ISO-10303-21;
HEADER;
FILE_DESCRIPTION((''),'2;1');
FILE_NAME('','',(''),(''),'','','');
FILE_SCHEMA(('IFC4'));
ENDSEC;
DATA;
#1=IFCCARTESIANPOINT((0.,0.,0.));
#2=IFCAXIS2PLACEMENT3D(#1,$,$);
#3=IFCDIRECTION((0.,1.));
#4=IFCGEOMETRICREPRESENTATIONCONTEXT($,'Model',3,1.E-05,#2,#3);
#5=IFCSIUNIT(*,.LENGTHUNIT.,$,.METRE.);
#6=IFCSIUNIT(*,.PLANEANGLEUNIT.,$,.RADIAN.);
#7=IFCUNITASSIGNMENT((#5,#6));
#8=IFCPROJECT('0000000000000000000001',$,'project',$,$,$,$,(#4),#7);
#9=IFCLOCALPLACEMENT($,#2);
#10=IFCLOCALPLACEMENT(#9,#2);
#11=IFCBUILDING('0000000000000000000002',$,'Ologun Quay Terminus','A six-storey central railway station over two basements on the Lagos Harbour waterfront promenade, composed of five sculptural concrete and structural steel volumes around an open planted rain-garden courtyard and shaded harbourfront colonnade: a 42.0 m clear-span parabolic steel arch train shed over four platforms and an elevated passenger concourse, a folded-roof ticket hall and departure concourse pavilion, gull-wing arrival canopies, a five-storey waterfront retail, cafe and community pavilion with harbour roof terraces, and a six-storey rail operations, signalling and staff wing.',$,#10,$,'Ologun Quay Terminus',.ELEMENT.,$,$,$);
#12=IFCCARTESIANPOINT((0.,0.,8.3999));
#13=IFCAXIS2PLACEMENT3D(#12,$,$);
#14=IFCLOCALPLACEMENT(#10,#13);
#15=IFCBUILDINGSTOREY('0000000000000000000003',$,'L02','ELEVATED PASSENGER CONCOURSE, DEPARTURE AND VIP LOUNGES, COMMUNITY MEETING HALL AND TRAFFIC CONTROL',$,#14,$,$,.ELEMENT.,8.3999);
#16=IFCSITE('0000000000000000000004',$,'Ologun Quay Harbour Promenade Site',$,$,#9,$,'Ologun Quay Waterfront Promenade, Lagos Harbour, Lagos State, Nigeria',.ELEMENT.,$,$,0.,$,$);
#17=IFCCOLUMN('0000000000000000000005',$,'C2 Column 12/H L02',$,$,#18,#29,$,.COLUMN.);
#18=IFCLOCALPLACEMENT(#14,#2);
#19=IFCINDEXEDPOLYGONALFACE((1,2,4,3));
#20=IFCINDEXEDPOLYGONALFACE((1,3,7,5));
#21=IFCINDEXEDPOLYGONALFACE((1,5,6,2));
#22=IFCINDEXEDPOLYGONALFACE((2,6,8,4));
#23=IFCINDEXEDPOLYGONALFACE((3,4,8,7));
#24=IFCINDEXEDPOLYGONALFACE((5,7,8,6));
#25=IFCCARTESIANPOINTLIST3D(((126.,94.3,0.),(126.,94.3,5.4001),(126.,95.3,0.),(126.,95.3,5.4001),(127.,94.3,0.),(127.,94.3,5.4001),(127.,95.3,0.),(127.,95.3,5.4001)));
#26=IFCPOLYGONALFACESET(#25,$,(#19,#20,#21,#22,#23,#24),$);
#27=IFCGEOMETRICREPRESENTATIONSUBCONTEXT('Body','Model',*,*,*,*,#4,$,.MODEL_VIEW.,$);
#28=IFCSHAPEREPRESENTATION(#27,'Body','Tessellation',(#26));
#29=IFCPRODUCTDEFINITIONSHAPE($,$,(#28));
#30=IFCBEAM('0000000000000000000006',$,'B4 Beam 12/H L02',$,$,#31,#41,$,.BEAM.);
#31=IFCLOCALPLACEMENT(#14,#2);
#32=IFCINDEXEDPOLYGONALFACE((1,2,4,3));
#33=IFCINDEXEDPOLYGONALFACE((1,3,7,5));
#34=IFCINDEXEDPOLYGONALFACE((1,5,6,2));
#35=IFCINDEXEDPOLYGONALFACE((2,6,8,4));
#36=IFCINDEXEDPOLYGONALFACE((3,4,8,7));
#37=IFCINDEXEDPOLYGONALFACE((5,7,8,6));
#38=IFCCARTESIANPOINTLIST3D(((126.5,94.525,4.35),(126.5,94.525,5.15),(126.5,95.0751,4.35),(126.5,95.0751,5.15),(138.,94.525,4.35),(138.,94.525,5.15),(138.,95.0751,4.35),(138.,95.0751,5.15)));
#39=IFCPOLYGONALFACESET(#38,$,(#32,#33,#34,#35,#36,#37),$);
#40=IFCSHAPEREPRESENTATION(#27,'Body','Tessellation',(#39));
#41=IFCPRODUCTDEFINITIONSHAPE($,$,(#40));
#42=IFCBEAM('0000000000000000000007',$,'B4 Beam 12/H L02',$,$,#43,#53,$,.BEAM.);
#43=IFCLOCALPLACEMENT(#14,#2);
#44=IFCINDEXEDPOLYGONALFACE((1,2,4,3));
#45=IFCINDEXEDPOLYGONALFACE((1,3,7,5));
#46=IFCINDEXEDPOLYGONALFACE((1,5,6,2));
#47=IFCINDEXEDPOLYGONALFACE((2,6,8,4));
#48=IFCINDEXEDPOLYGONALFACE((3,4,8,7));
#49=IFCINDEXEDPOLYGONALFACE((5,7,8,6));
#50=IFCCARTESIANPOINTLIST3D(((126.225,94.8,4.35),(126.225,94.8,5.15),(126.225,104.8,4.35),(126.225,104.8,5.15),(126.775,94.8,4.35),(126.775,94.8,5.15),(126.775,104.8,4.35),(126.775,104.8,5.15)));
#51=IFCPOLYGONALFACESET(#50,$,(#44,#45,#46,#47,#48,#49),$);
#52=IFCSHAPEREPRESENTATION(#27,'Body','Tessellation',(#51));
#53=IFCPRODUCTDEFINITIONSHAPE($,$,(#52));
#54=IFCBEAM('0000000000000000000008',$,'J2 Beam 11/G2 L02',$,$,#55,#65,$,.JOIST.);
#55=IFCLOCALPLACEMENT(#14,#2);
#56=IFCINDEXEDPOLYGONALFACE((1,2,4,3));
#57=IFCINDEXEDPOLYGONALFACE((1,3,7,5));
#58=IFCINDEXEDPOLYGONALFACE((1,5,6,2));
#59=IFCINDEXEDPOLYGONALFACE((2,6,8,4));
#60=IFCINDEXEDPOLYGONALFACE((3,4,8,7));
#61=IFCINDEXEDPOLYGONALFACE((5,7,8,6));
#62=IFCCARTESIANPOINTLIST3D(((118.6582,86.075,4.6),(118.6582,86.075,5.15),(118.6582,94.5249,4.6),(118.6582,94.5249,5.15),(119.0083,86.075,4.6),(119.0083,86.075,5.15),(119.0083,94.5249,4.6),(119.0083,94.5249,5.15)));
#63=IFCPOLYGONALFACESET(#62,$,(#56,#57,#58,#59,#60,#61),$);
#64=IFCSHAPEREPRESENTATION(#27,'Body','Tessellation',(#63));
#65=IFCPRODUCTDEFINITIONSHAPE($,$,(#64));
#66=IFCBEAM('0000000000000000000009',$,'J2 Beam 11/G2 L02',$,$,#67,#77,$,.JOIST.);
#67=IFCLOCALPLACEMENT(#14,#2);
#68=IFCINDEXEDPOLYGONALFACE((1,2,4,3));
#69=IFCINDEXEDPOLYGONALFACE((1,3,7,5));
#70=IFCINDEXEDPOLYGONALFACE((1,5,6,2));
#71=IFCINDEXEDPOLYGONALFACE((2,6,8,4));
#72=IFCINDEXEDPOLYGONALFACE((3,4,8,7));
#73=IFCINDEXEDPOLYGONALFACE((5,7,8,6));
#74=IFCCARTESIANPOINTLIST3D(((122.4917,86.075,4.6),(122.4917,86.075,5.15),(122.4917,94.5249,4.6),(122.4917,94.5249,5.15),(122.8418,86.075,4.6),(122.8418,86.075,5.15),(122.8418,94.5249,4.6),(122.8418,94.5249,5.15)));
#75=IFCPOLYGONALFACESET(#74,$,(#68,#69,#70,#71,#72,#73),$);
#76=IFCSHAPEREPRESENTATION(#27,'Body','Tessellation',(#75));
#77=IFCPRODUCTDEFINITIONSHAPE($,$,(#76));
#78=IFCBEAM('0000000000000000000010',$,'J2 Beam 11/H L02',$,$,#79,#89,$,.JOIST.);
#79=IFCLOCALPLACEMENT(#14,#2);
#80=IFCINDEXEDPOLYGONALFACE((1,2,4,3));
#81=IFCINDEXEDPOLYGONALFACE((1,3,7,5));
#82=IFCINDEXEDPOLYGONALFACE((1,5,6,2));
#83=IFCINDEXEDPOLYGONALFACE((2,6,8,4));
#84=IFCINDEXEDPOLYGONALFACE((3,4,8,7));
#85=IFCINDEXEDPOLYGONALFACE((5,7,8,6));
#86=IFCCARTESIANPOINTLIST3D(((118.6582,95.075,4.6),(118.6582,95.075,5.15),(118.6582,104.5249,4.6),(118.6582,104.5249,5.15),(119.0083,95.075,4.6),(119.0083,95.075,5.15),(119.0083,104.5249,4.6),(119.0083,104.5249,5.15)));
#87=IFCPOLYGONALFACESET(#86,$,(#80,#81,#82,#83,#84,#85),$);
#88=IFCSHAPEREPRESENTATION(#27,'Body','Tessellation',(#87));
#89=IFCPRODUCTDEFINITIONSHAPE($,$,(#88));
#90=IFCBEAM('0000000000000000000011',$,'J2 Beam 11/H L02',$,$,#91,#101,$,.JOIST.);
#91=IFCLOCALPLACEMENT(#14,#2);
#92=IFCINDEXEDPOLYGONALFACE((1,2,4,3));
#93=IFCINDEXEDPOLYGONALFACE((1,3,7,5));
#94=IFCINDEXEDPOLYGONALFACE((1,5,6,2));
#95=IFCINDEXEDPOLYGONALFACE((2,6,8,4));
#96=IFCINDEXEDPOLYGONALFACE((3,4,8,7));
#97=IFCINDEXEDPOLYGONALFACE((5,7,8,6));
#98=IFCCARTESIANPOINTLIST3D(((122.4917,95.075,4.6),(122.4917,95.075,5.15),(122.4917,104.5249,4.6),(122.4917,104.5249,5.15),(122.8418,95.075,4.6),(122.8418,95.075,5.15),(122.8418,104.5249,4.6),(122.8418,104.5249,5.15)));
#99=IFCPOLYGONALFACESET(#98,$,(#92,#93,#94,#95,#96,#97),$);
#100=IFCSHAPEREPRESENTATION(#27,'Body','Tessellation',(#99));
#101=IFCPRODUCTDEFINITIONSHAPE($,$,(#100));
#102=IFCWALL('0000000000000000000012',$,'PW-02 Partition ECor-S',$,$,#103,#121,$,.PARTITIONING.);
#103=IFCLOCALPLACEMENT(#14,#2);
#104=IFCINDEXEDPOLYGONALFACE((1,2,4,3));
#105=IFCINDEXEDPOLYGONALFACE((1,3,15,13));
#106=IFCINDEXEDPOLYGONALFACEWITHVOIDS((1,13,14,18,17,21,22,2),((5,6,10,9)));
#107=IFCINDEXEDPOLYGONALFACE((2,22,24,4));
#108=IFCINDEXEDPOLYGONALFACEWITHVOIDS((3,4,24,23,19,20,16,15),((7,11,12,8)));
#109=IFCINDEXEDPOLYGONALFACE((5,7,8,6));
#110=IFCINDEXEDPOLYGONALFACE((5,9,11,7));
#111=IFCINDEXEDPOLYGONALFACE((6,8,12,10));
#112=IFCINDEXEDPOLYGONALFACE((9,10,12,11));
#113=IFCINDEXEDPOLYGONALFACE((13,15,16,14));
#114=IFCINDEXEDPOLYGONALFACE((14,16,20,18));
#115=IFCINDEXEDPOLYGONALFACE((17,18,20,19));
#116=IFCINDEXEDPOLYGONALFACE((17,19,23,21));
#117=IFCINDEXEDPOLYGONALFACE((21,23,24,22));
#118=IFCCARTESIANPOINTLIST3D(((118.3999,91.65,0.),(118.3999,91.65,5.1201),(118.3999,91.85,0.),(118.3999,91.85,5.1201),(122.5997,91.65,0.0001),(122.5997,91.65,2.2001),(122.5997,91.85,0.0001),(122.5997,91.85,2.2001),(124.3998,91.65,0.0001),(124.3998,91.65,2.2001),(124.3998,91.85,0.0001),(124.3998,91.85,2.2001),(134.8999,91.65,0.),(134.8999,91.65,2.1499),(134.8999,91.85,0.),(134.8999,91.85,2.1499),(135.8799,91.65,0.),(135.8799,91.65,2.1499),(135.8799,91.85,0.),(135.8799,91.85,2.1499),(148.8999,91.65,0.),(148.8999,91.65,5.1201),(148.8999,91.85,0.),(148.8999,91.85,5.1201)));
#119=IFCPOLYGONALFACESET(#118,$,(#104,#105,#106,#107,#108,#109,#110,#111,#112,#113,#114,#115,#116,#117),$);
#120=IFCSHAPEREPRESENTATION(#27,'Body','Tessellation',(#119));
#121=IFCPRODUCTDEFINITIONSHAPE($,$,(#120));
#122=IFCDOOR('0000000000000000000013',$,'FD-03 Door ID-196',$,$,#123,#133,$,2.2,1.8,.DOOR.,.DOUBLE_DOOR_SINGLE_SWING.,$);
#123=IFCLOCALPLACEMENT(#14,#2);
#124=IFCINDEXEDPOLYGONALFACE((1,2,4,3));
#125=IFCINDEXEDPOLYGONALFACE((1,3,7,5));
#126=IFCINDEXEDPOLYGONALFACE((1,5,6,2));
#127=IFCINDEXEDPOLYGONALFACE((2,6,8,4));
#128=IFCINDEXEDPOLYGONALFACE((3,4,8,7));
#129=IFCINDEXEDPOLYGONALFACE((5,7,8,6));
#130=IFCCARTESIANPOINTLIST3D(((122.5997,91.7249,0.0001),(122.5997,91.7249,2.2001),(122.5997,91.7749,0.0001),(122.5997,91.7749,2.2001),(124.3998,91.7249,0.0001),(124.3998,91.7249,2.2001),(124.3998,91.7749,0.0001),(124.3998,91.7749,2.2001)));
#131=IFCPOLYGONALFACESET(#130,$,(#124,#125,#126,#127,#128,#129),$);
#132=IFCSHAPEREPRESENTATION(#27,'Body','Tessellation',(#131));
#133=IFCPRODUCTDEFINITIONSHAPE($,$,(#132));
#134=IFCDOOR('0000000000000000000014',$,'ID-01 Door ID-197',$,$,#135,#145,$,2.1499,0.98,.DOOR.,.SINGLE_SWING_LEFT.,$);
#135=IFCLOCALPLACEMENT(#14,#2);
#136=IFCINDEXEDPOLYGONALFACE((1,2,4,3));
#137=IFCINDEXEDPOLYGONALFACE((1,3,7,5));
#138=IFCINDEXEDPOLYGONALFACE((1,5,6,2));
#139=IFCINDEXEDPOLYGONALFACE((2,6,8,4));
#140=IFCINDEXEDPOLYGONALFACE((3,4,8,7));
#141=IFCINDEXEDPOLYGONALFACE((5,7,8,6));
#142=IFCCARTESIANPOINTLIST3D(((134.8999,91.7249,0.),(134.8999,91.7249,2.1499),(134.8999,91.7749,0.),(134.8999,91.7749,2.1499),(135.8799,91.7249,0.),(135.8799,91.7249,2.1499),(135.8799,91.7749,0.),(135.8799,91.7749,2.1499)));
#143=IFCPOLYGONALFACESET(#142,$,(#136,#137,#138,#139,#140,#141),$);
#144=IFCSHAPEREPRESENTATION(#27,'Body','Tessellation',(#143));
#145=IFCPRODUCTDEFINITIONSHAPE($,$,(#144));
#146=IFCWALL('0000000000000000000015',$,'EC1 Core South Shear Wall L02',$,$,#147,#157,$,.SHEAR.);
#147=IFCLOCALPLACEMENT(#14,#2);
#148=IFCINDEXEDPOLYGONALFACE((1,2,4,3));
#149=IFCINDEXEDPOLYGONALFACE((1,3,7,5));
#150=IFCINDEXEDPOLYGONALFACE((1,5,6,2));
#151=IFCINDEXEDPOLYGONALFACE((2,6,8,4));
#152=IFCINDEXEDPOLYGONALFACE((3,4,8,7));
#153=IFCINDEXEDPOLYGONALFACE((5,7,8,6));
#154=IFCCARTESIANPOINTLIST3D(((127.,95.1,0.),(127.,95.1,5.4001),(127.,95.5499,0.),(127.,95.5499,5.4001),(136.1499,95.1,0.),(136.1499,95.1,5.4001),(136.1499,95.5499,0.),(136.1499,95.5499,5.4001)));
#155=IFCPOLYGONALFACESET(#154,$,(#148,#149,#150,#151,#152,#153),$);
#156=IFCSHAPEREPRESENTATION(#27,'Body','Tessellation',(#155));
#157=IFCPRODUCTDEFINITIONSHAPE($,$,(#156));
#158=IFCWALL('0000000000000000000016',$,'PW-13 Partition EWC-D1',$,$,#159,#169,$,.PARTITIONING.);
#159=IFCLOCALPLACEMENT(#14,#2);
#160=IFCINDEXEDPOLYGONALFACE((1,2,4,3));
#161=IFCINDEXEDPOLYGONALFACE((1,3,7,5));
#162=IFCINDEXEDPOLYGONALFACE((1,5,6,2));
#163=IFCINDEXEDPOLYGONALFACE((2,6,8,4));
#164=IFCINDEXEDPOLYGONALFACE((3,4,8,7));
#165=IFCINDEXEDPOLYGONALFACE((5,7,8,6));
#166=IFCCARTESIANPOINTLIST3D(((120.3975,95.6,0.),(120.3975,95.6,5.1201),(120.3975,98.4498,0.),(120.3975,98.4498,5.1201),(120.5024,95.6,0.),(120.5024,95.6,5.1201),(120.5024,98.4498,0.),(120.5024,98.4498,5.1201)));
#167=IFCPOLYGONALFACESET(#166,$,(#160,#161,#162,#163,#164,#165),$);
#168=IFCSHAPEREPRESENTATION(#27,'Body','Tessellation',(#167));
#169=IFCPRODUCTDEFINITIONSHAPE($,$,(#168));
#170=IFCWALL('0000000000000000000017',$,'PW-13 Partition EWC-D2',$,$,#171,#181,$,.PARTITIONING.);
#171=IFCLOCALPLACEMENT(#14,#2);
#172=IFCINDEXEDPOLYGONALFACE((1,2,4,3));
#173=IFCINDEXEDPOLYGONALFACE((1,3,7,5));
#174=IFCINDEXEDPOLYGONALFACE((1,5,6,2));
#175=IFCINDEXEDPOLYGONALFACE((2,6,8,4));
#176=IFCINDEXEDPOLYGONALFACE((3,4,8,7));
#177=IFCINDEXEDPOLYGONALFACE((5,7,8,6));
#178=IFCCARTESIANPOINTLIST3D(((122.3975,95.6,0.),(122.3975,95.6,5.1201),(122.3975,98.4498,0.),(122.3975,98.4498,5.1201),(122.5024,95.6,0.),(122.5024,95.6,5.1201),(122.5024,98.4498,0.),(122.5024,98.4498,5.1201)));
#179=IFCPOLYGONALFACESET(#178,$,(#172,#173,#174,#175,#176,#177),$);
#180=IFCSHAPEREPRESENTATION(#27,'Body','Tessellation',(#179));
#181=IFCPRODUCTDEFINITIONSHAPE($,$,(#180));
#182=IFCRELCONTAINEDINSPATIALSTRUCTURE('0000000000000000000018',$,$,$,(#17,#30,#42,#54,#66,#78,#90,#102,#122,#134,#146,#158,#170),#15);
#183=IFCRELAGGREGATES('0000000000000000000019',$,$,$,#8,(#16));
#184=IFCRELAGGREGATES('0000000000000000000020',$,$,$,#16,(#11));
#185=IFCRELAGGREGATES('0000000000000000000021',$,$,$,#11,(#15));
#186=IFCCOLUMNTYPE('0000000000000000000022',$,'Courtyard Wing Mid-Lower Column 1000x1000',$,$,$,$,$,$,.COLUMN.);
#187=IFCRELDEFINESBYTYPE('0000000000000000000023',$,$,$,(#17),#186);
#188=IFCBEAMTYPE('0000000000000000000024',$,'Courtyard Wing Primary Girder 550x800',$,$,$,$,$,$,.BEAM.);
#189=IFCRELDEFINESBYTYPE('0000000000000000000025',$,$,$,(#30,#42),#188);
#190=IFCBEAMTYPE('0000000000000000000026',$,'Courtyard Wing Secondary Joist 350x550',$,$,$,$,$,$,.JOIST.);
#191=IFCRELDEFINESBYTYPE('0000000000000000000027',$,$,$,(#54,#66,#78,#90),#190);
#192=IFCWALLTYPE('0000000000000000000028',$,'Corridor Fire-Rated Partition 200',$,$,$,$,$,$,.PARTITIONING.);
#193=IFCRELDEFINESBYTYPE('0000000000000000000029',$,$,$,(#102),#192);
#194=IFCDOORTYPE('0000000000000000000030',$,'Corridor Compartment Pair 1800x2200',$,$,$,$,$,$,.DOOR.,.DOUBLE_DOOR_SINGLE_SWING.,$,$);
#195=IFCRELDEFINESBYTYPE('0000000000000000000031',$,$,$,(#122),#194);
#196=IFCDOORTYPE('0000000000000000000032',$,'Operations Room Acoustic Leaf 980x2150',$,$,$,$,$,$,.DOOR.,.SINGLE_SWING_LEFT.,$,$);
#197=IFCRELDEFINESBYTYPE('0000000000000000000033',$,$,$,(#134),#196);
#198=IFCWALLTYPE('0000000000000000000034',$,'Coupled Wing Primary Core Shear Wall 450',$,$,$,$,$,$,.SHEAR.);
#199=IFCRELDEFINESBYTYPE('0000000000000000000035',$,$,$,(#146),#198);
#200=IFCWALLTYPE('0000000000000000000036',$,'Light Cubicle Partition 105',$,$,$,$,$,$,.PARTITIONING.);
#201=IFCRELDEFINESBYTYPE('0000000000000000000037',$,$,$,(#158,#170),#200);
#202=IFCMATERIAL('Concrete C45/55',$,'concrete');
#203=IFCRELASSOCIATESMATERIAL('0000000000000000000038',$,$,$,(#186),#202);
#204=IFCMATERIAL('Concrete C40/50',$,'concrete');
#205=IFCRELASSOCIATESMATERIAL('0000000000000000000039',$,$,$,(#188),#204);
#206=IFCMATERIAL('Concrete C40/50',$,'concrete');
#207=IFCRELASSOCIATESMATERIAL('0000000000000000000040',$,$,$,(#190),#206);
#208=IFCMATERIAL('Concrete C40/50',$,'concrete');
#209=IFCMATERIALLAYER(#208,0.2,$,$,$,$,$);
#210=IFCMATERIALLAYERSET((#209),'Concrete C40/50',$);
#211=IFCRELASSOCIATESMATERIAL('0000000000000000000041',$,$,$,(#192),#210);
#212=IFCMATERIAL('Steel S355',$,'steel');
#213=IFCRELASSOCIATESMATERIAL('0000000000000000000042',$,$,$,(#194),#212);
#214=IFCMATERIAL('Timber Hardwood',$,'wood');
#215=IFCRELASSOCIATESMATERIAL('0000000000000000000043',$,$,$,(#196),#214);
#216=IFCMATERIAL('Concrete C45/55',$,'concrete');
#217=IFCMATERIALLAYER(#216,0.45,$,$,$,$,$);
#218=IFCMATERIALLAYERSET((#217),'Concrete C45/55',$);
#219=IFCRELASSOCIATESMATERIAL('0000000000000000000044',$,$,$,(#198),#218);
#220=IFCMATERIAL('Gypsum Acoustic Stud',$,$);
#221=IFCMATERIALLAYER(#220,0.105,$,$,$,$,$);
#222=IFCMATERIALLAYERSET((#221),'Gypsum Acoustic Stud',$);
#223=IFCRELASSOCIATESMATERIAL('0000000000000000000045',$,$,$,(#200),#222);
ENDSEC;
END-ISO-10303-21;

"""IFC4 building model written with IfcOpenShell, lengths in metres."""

from ifc_helpers import new_model, si_unit, direction, frame, frame_2d, origin, origin_2d, place, context, subcontext, project, spatial, rectangle, extrude, material, layer, layer_set, material_profile, profile_set, type_object, element, fill, save


model = new_model("IFC4")

# Units and contexts
model_context = context("Model", 3, precision=1e-05, world=origin(), true_north=direction((0.0, 1.0)))
body_context = subcontext(model_context, "Body", "Model", "MODEL_VIEW")
ifc_project = project(units=[si_unit("LENGTHUNIT", "METRE"), si_unit("PLANEANGLEUNIT", "RADIAN")], contexts=[model_context])

# Site, building, storey
site_placement = place(None, origin())
site = spatial("IfcSite", under=ifc_project, at=site_placement, Name="Ologun Quay Harbour Promenade Site", LongName="Ologun Quay Waterfront Promenade, Lagos Harbour, Lagos State, Nigeria", CompositionType="ELEMENT", RefElevation=0.0)
building_placement = place(site_placement, origin())
building = spatial("IfcBuilding", under=site, at=building_placement, Name="Ologun Quay Terminus", Description="A six-storey central railway station over two basements on the Lagos Harbour waterfront promenade, composed of five sculptural concrete and structural steel volumes around an open planted rain-garden courtyard and shaded harbourfront colonnade: a 42.0 m clear-span parabolic steel arch train shed over four platforms and an elevated passenger concourse, a folded-roof ticket hall and departure concourse pavilion, gull-wing arrival canopies, a five-storey waterfront retail, cafe and community pavilion with harbour roof terraces, and a six-storey rail operations, signalling and staff wing.", LongName="Ologun Quay Terminus", CompositionType="ELEMENT")
storey_placement = place(building_placement, frame((0.0, 0.0, 8.3999)))
storey = spatial("IfcBuildingStorey", under=building, at=storey_placement, Name="L02", Description="ELEVATED PASSENGER CONCOURSE, DEPARTURE AND VIP LOUNGES, COMMUNITY MEETING HALL AND TRAFFIC CONTROL", CompositionType="ELEMENT", Elevation=8.3999)

# Column
ifc_material_1 = material(Name="Concrete C45/55", Category="concrete")
ifc_material_profile_1 = material_profile(ifc_material_1, rectangle(XDim=1.0, YDim=1.0, at=origin_2d()), Name="RC 1000x1000")
ifc_profile_set_1 = profile_set([ifc_material_profile_1], Name="Concrete C45/55")
column_type = type_object("IfcColumnType", Name="Courtyard Wing Mid-Lower Column 1000x1000", PredefinedType="COLUMN", material=ifc_profile_set_1)
column_placement = place(storey_placement, frame((126.5, 94.8, 0.0), z_axis=(0.0, 0.0, 1.0), x_axis=(1.0, 0.0, 0.0)))
element("IfcColumn", 1, at=column_placement, inside=storey, type_object=column_type, Name="C2 Column 12/H L02", PredefinedType="COLUMN", context=body_context, shape_type="SweptSolid", body=[
    extrude(rectangle(XDim=1.0, YDim=1.0, at=origin_2d()), origin(), (0.0, 0.0, 1.0), 5.4001),
])

# Beams
ifc_material_2 = material(Name="Concrete C40/50", Category="concrete")
ifc_material_profile_2 = material_profile(ifc_material_2, rectangle(XDim=0.55, YDim=0.8, at=origin_2d()), Name="RC 550x800")
ifc_profile_set_2 = profile_set([ifc_material_profile_2], Name="Concrete C40/50")
beam_type_1 = type_object("IfcBeamType", Name="Courtyard Wing Primary Girder 550x800", PredefinedType="BEAM", material=ifc_profile_set_2)
beam_1_placement = place(storey_placement, frame((126.5, 94.8, 4.75), z_axis=(1.0, 0.0, 0.0), x_axis=(0.0, 1.0, 0.0)))
element("IfcBeam", 2, at=beam_1_placement, inside=storey, type_object=beam_type_1, Name="B4 Beam 12/H L02", PredefinedType="BEAM", context=body_context, shape_type="SweptSolid", body=[
    extrude(rectangle(XDim=0.55, YDim=0.8, at=origin_2d()), origin(), (0.0, 0.0, 1.0), 11.5),
])
beam_2_placement = place(storey_placement, frame((126.5, 94.8, 4.75), z_axis=(0.0, 1.0, 0.0), x_axis=(-1.0, 0.0, 0.0)))
element("IfcBeam", 3, at=beam_2_placement, inside=storey, type_object=beam_type_1, Name="B4 Beam 12/H L02", PredefinedType="BEAM", context=body_context, shape_type="SweptSolid", body=[
    extrude(rectangle(XDim=0.55, YDim=0.8, at=origin_2d()), origin(), (0.0, 0.0, 1.0), 10.0),
])
ifc_material_3 = material(Name="Concrete C40/50", Category="concrete")
ifc_material_profile_3 = material_profile(ifc_material_3, rectangle(XDim=0.3501, YDim=0.55, at=origin_2d()), Name="RC 350x550")
ifc_profile_set_3 = profile_set([ifc_material_profile_3], Name="Concrete C40/50")
beam_type_2 = type_object("IfcBeamType", Name="Courtyard Wing Secondary Joist 350x550", PredefinedType="JOIST", material=ifc_profile_set_3)
for number, where, z_axis, x_axis, name in (
    (4, (118.8333, 86.075, 4.875), (0.0, 1.0, 0.0), (-1.0, 0.0, 0.0), "J2 Beam 11/G2 L02"),
    (5, (122.6667, 86.075, 4.875), (0.0, 1.0, 0.0), (-1.0, 0.0, 0.0), "J2 Beam 11/G2 L02"),
):
    element("IfcBeam", number, at=place(storey_placement, frame(where, z_axis=z_axis, x_axis=x_axis)), inside=storey, type_object=beam_type_2, Name=name, PredefinedType="JOIST", context=body_context, shape_type="SweptSolid", body=[
        extrude(rectangle(XDim=0.3501, YDim=0.55, at=origin_2d()), origin(), (0.0, 0.0, 1.0), 8.45),
    ])
for number, where, z_axis, x_axis, name in (
    (6, (118.8333, 95.075, 4.875), (0.0, 1.0, 0.0), (-1.0, 0.0, 0.0), "J2 Beam 11/H L02"),
    (7, (122.6667, 95.075, 4.875), (0.0, 1.0, 0.0), (-1.0, 0.0, 0.0), "J2 Beam 11/H L02"),
):
    element("IfcBeam", number, at=place(storey_placement, frame(where, z_axis=z_axis, x_axis=x_axis)), inside=storey, type_object=beam_type_2, Name=name, PredefinedType="JOIST", context=body_context, shape_type="SweptSolid", body=[
        extrude(rectangle(XDim=0.3501, YDim=0.55, at=origin_2d()), origin(), (0.0, 0.0, 1.0), 9.45),
    ])

# Wall, openings, doors
ifc_material_4 = material(Name="Concrete C40/50", Category="concrete")
ifc_layer_1 = layer(ifc_material_4, 0.2)
ifc_layer_set_1 = layer_set([ifc_layer_1], Name="Concrete C40/50")
wall_type_1 = type_object("IfcWallType", Name="Corridor Fire-Rated Partition 200", PredefinedType="PARTITIONING", material=ifc_layer_set_1)
wall_1_placement = place(storey_placement, frame((118.3999, 91.75, 0.0), z_axis=(0.0, 0.0, 1.0), x_axis=(1.0, 0.0, 0.0)))
wall_1 = element("IfcWall", 8, at=wall_1_placement, inside=storey, type_object=wall_type_1, Name="PW-02 Partition ECor-S", PredefinedType="PARTITIONING", context=body_context, shape_type="SweptSolid", body=[
    extrude(rectangle(XDim=30.5, YDim=0.2, at=frame_2d((15.25, 0.0))), origin(), (0.0, 0.0, 1.0), 5.1201),
])
opening_1_placement = place(wall_1_placement, frame((4.2, 0.0, 0.0)))
opening_1 = element("IfcOpeningElement", 9, at=opening_1_placement, cuts=wall_1, PredefinedType="OPENING", context=body_context, shape_type="SweptSolid", body=[
    extrude(rectangle(XDim=1.8, YDim=2.2, at=frame_2d((0.8999, 1.1001))), frame((0.0, 0.1099, 0.0), z_axis=(0.0, -1.0, 0.0), x_axis=(1.0, 0.0, 0.0)), (0.0, 0.0, 1.0), 0.22),
])
opening_2_placement = place(wall_1_placement, frame((16.5, 0.0, 0.0)))
opening_2 = element("IfcOpeningElement", 10, at=opening_2_placement, cuts=wall_1, PredefinedType="OPENING", context=body_context, shape_type="SweptSolid", body=[
    extrude(rectangle(XDim=0.98, YDim=2.1499, at=frame_2d((0.49, 1.075))), frame((0.0, 0.1099, 0.0), z_axis=(0.0, -1.0, 0.0), x_axis=(1.0, 0.0, 0.0)), (0.0, 0.0, 1.0), 0.22),
])
ifc_material_5 = material(Name="Steel S355", Category="steel")
door_type_1 = type_object("IfcDoorType", Name="Corridor Compartment Pair 1800x2200", OperationType="DOUBLE_DOOR_SINGLE_SWING", PredefinedType="DOOR", material=ifc_material_5)
door_1_placement = place(opening_1_placement, origin())
door_1 = element("IfcDoor", 11, at=door_1_placement, inside=storey, type_object=door_type_1, Name="FD-03 Door ID-196", OperationType="DOUBLE_DOOR_SINGLE_SWING", OverallHeight=2.2, OverallWidth=1.8, PredefinedType="DOOR", context=body_context, shape_type="SweptSolid", body=[
    extrude(rectangle(XDim=1.8, YDim=2.2, at=frame_2d((0.8999, 1.1001))), frame((0.0, 0.0249, 0.0), z_axis=(0.0, -1.0, 0.0), x_axis=(1.0, 0.0, 0.0)), (0.0, 0.0, 1.0), 0.05),
])
fill(opening_1, door_1)
ifc_material_6 = material(Name="Timber Hardwood", Category="wood")
door_type_2 = type_object("IfcDoorType", Name="Operations Room Acoustic Leaf 980x2150", OperationType="SINGLE_SWING_LEFT", PredefinedType="DOOR", material=ifc_material_6)
door_2_placement = place(opening_2_placement, origin())
door_2 = element("IfcDoor", 12, at=door_2_placement, inside=storey, type_object=door_type_2, Name="ID-01 Door ID-197", OperationType="SINGLE_SWING_LEFT", OverallHeight=2.1499, OverallWidth=0.98, PredefinedType="DOOR", context=body_context, shape_type="SweptSolid", body=[
    extrude(rectangle(XDim=0.98, YDim=2.1499, at=frame_2d((0.49, 1.075))), frame((0.0, 0.0249, 0.0), z_axis=(0.0, -1.0, 0.0), x_axis=(1.0, 0.0, 0.0)), (0.0, 0.0, 1.0), 0.05),
])
fill(opening_2, door_2)

# Wall
ifc_material_7 = material(Name="Concrete C45/55", Category="concrete")
ifc_layer_2 = layer(ifc_material_7, 0.45)
ifc_layer_set_2 = layer_set([ifc_layer_2], Name="Concrete C45/55")
wall_type_2 = type_object("IfcWallType", Name="Coupled Wing Primary Core Shear Wall 450", PredefinedType="SHEAR", material=ifc_layer_set_2)
wall_2_placement = place(storey_placement, frame((127.0, 95.325, 0.0), z_axis=(0.0, 0.0, 1.0), x_axis=(1.0, 0.0, 0.0)))
element("IfcWall", 13, at=wall_2_placement, inside=storey, type_object=wall_type_2, Name="EC1 Core South Shear Wall L02", PredefinedType="SHEAR", context=body_context, shape_type="SweptSolid", body=[
    extrude(rectangle(XDim=9.1499, YDim=0.45, at=frame_2d((4.575, 0.0))), origin(), (0.0, 0.0, 1.0), 5.4001),
])

# Walls
ifc_material_8 = material(Name="Gypsum Acoustic Stud")
ifc_layer_3 = layer(ifc_material_8, 0.105)
ifc_layer_set_3 = layer_set([ifc_layer_3], Name="Gypsum Acoustic Stud")
wall_type_3 = type_object("IfcWallType", Name="Light Cubicle Partition 105", PredefinedType="PARTITIONING", material=ifc_layer_set_3)
for number, where, z_axis, x_axis, name in (
    (14, (120.45, 95.6001, 0.0), (0.0, 0.0, 1.0), (0.0, 1.0, 0.0), "PW-13 Partition EWC-D1"),
    (15, (122.45, 95.6001, 0.0), (0.0, 0.0, 1.0), (0.0, 1.0, 0.0), "PW-13 Partition EWC-D2"),
):
    element("IfcWall", number, at=place(storey_placement, frame(where, z_axis=z_axis, x_axis=x_axis)), inside=storey, type_object=wall_type_3, Name=name, PredefinedType="PARTITIONING", context=body_context, shape_type="SweptSolid", body=[
        extrude(rectangle(XDim=2.8499, YDim=0.105, at=frame_2d((1.4248, 0.0))), origin(), (0.0, 0.0, 1.0), 5.1201),
    ])

save(model, "model.ifc")
